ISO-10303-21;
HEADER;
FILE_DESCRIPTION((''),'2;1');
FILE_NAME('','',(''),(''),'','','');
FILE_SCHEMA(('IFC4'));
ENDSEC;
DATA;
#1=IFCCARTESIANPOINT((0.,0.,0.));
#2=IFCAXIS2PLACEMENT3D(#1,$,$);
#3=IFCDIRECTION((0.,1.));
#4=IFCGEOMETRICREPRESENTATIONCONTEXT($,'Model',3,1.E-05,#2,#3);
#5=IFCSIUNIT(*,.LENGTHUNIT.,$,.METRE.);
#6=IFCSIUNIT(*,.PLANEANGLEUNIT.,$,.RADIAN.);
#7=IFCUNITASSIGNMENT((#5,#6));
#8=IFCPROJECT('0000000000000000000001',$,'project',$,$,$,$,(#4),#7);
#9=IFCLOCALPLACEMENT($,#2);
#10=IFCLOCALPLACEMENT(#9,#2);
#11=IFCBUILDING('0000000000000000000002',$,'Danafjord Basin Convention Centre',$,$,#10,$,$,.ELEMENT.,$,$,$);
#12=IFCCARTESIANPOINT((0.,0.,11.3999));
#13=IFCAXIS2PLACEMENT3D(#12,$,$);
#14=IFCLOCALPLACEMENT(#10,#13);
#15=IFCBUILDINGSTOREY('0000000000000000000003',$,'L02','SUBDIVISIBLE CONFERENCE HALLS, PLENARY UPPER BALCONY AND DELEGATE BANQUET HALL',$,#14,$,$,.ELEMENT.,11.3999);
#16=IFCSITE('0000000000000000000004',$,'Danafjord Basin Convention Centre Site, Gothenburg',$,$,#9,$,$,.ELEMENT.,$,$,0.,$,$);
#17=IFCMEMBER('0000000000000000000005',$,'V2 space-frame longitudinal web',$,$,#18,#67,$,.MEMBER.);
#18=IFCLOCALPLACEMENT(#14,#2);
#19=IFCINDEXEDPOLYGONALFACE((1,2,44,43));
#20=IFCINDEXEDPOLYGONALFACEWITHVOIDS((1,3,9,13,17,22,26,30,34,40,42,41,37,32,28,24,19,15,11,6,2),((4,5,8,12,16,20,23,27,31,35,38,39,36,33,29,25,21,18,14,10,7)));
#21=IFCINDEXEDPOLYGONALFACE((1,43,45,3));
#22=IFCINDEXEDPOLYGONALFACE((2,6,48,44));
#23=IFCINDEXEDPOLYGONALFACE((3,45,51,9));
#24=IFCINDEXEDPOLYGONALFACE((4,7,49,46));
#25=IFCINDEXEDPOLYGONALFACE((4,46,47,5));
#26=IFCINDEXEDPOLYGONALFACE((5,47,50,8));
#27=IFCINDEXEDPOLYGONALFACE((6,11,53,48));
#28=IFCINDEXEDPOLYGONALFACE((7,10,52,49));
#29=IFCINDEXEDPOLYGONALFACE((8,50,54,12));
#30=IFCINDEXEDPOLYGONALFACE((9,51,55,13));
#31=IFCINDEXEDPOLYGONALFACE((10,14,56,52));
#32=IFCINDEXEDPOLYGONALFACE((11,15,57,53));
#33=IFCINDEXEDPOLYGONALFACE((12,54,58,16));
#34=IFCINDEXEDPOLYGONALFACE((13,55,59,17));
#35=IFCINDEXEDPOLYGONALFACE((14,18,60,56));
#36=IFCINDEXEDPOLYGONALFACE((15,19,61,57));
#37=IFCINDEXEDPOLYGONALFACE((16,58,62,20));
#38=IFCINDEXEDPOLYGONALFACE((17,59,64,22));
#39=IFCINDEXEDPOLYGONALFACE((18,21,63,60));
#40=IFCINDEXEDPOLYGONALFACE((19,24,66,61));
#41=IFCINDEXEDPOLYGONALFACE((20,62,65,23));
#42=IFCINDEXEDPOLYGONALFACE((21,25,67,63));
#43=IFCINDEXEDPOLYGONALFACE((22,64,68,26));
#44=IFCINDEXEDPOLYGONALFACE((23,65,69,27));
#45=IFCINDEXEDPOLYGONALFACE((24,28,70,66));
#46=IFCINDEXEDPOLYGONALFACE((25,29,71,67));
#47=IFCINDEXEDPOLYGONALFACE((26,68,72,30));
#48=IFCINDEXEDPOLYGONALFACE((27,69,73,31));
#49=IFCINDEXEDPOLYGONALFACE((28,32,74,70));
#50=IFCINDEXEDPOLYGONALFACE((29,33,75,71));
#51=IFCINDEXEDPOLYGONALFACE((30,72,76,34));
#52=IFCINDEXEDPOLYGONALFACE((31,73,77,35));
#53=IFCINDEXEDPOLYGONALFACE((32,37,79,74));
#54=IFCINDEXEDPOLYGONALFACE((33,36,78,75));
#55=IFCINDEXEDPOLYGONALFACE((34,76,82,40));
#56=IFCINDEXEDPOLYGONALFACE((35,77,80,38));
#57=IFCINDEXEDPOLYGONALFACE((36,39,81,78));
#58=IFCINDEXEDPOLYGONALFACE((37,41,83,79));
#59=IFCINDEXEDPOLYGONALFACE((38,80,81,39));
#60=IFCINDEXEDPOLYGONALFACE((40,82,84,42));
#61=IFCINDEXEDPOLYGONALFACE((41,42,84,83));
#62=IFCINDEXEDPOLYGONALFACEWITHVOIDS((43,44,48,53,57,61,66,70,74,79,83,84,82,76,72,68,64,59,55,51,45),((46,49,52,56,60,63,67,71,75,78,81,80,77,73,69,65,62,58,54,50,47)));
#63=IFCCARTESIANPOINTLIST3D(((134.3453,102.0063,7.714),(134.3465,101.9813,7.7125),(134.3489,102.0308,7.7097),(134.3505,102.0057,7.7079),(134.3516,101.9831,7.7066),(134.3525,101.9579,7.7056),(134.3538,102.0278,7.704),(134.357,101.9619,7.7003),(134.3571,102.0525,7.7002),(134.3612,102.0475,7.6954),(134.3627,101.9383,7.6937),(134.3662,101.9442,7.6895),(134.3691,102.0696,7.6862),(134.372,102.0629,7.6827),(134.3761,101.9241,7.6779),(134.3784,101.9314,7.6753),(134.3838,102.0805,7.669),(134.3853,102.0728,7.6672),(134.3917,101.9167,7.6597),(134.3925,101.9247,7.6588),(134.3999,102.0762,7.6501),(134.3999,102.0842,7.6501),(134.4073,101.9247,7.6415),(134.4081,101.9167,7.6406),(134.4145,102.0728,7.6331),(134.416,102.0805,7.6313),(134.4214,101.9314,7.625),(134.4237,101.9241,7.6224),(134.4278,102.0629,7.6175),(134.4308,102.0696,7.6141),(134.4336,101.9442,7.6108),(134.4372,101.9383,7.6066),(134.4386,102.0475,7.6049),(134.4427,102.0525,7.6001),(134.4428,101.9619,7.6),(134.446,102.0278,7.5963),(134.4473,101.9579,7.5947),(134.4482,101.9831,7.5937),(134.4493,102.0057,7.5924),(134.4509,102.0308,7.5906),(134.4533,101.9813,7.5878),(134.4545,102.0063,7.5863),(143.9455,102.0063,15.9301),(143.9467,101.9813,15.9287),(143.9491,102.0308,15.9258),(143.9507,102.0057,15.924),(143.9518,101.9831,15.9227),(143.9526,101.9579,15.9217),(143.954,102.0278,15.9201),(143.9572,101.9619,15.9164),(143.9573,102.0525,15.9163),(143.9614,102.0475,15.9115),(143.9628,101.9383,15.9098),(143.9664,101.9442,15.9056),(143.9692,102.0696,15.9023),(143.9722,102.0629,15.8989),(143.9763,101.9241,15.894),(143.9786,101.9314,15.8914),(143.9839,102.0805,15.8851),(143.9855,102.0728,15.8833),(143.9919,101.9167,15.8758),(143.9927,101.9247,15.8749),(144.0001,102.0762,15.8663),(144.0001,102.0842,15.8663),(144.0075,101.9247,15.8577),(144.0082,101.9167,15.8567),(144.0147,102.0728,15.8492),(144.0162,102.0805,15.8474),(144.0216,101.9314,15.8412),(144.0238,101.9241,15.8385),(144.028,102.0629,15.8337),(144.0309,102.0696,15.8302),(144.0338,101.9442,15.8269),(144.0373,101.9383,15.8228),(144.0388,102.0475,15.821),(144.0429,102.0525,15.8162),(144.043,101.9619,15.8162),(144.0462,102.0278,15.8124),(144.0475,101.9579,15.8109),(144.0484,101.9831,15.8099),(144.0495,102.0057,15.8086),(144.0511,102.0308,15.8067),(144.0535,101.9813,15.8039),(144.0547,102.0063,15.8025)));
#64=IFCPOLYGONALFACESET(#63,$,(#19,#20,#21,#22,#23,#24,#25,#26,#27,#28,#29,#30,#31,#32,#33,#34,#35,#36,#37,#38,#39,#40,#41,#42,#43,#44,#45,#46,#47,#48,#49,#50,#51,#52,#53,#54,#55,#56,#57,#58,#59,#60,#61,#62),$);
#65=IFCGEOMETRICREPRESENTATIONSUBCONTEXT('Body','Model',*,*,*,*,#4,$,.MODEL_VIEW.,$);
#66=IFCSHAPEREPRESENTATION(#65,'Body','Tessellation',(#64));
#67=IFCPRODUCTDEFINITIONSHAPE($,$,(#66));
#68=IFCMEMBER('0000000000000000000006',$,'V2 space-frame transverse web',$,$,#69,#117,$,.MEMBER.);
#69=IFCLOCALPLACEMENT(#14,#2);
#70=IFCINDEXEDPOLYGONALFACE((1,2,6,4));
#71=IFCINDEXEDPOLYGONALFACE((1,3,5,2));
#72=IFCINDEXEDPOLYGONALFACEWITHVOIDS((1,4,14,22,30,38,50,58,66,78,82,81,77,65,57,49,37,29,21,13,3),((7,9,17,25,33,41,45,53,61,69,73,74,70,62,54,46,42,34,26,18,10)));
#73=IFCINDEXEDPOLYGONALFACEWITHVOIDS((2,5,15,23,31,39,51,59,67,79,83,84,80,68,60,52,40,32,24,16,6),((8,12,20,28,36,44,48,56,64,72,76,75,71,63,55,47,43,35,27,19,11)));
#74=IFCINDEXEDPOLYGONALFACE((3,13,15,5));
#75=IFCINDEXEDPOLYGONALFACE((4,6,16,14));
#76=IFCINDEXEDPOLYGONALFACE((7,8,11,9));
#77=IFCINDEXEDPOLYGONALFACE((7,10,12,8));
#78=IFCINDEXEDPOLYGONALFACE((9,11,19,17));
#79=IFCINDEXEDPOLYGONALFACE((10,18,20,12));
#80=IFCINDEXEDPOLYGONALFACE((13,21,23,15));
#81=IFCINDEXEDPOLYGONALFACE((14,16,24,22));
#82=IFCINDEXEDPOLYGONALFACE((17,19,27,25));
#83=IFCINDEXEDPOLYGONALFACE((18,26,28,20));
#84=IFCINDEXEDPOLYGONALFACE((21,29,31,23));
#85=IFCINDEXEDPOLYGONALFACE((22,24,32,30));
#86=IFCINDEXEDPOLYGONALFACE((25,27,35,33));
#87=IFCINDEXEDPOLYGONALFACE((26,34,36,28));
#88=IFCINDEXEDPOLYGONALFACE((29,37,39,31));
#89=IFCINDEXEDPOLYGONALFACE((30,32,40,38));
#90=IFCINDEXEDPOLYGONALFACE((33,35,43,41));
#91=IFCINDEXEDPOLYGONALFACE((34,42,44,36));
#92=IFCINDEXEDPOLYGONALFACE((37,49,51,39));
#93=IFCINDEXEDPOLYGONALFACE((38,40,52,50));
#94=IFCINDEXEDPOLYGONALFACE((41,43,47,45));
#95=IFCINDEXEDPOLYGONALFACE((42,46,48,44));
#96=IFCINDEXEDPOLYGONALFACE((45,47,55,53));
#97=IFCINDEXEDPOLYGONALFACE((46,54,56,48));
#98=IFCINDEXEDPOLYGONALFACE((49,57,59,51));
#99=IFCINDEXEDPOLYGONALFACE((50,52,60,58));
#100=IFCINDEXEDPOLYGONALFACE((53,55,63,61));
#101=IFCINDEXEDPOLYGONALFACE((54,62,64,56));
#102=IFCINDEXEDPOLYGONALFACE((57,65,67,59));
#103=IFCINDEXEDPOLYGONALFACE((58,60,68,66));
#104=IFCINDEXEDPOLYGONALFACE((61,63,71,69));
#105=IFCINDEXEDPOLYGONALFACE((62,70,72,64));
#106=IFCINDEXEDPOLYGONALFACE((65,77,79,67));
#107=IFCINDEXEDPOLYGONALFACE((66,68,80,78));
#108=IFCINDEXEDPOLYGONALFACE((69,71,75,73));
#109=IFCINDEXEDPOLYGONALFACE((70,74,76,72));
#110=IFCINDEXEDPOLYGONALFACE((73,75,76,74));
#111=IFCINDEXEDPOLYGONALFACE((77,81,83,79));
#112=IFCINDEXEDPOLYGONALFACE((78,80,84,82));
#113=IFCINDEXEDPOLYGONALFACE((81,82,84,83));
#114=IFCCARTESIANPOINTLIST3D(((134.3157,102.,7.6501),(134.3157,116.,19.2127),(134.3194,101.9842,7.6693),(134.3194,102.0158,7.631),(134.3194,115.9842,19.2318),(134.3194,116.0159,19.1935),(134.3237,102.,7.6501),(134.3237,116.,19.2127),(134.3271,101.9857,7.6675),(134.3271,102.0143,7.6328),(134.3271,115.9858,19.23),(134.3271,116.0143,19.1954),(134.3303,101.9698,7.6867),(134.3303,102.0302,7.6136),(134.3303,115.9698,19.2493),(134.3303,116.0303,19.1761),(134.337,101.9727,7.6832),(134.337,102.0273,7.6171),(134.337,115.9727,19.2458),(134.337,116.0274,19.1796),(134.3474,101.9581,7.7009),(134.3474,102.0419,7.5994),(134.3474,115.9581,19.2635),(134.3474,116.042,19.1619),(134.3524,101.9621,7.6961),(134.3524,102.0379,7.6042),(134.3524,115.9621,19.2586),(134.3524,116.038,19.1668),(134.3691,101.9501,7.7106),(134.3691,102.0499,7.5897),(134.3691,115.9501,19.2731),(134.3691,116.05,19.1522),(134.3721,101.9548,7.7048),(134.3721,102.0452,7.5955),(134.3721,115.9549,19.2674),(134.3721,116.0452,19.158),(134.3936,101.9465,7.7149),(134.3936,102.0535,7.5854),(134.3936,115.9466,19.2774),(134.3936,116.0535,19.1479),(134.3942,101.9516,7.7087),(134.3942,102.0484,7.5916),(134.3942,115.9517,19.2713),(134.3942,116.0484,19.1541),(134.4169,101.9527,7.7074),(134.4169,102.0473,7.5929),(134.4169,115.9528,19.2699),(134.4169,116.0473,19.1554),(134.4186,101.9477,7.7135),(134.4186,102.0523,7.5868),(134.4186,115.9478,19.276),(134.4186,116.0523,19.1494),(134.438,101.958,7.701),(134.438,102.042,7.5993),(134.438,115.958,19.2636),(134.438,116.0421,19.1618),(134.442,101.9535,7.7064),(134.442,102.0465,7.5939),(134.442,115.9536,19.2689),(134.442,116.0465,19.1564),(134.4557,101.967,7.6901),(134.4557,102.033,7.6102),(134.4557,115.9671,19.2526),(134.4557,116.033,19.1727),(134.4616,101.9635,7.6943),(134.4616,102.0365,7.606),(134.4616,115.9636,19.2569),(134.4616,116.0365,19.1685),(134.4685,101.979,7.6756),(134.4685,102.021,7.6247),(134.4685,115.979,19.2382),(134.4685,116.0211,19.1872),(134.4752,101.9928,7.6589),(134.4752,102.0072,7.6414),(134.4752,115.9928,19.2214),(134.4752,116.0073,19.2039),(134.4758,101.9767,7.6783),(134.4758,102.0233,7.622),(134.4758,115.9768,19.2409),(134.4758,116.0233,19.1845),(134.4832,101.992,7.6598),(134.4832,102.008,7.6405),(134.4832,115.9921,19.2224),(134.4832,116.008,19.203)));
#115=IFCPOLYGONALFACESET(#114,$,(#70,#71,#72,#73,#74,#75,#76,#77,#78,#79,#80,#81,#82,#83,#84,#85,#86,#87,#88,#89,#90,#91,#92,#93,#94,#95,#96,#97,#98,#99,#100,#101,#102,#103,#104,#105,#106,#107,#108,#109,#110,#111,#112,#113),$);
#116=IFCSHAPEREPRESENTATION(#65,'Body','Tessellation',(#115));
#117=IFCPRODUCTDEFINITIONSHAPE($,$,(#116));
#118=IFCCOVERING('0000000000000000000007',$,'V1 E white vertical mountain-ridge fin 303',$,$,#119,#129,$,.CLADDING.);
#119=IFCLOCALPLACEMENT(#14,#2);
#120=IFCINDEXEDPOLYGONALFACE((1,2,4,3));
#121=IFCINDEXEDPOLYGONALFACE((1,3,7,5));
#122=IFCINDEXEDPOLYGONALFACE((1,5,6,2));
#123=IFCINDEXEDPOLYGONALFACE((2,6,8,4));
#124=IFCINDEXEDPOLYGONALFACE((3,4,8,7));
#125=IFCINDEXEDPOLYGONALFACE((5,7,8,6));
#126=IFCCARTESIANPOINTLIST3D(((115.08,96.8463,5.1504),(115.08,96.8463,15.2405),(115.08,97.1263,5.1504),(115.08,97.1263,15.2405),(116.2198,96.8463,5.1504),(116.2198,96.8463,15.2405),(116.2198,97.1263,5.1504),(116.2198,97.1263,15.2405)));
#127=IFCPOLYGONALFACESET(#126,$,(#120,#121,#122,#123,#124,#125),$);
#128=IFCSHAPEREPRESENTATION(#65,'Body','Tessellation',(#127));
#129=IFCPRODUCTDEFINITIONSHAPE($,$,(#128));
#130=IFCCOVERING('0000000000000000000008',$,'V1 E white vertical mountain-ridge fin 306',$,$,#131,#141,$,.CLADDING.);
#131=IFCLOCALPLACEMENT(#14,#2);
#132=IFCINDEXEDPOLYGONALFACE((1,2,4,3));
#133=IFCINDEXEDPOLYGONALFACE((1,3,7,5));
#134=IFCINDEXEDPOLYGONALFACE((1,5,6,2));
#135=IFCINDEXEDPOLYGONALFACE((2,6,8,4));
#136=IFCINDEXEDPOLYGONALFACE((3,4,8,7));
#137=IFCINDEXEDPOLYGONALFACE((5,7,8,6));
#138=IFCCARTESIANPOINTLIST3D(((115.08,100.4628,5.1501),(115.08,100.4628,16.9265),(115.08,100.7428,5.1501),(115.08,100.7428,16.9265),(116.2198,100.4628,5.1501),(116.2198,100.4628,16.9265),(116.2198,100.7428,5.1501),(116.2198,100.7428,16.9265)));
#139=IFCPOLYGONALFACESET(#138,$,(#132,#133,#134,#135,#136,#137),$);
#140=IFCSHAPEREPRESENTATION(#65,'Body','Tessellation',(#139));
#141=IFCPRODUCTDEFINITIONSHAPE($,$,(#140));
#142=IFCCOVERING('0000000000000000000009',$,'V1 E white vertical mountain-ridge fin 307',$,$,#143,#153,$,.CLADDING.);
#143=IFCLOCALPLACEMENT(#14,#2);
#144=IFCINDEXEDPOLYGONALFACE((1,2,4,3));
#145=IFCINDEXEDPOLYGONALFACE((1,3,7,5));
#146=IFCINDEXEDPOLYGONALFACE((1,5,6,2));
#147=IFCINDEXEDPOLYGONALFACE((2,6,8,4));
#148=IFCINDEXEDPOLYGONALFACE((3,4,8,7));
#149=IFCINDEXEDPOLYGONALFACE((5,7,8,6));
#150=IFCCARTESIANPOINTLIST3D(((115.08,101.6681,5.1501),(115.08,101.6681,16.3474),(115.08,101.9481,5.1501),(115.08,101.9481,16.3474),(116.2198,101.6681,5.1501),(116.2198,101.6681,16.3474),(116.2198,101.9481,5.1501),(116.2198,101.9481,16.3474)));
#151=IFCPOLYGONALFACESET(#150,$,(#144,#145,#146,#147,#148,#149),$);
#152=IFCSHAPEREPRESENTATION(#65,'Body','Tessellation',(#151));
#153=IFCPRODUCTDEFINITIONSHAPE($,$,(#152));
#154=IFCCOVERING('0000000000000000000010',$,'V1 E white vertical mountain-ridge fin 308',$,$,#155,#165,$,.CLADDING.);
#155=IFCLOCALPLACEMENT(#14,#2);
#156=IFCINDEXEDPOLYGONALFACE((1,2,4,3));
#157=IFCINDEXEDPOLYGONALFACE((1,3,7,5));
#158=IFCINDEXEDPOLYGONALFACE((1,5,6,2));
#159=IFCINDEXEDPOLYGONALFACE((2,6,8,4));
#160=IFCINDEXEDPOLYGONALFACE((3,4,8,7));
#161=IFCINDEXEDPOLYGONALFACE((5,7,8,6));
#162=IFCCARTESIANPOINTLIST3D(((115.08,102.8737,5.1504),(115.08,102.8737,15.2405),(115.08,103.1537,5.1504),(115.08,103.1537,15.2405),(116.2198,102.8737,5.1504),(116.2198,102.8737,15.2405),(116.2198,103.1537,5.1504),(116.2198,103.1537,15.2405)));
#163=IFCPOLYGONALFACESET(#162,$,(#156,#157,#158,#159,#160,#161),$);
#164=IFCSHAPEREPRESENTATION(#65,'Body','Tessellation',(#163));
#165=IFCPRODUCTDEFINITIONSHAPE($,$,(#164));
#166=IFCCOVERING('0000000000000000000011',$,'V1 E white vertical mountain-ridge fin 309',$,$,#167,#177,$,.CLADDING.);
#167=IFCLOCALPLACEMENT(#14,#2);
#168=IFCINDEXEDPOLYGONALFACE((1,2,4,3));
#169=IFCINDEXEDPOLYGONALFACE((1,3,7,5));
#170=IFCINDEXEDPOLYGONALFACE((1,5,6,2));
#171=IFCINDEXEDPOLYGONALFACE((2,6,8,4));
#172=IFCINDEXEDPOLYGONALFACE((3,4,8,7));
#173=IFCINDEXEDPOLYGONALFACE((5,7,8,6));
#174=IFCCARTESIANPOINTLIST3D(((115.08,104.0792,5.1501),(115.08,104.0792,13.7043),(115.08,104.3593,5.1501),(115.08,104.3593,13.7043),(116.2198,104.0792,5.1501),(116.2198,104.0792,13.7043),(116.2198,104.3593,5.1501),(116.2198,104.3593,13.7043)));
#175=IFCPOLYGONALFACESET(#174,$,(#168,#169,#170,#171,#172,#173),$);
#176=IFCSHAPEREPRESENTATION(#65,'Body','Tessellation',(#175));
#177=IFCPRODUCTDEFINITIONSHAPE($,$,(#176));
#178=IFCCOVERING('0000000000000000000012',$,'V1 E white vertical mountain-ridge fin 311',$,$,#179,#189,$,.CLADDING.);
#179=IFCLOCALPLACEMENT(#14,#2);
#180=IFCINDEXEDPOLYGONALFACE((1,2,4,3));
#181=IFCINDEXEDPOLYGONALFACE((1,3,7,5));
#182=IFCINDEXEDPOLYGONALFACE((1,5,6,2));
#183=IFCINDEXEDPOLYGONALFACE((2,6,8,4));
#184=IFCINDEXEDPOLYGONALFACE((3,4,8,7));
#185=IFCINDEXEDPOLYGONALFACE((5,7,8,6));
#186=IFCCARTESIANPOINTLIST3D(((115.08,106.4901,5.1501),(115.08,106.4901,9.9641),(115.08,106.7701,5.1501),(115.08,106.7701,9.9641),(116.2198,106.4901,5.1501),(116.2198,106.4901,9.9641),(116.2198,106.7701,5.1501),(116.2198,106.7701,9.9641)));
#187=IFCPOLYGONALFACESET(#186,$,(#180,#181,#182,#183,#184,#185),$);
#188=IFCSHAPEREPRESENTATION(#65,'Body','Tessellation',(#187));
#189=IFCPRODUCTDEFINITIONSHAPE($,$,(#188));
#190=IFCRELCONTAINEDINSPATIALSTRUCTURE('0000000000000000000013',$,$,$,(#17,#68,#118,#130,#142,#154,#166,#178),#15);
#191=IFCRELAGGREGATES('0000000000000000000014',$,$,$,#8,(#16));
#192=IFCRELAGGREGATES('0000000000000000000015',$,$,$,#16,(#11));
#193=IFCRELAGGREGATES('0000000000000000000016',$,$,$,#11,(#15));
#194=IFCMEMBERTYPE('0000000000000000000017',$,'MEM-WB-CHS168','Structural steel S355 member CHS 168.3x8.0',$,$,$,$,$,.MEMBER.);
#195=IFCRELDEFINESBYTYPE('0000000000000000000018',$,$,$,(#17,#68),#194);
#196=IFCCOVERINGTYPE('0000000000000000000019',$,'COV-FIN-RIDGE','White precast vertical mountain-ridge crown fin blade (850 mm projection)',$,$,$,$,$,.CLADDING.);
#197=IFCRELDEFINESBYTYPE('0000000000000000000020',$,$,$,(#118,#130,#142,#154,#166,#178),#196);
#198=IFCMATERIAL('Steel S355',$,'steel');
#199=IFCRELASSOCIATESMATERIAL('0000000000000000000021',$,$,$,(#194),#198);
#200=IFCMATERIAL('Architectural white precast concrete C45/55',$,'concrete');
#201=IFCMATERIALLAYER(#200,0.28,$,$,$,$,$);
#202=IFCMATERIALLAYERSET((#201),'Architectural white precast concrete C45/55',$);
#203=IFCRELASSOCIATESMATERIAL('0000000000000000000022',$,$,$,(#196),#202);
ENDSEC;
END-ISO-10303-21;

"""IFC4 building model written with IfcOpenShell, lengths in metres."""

from ifc_helpers import new_model, si_unit, direction, frame, origin, origin_2d, place, context, subcontext, project, spatial, rectangle, hollow_circle, extrude, material, layer, layer_set, material_profile, profile_set, type_object, element, save


model = new_model("IFC4")

# Units and contexts
model_context = context("Model", 3, precision=1e-05, world=origin(), true_north=direction((0.0, 1.0)))
body_context = subcontext(model_context, "Body", "Model", "MODEL_VIEW")
ifc_project = project(units=[si_unit("LENGTHUNIT", "METRE"), si_unit("PLANEANGLEUNIT", "RADIAN")], contexts=[model_context])

# Site, building, storey
site_placement = place(None, origin())
site = spatial("IfcSite", under=ifc_project, at=site_placement, Name="Danafjord Basin Convention Centre Site, Gothenburg", CompositionType="ELEMENT", RefElevation=0.0)
building_placement = place(site_placement, origin())
building = spatial("IfcBuilding", under=site, at=building_placement, Name="Danafjord Basin Convention Centre", CompositionType="ELEMENT")
storey_placement = place(building_placement, frame((0.0, 0.0, 11.3999)))
storey = spatial("IfcBuildingStorey", under=building, at=storey_placement, Name="L02", Description="SUBDIVISIBLE CONFERENCE HALLS, PLENARY UPPER BALCONY AND DELEGATE BANQUET HALL", CompositionType="ELEMENT", Elevation=11.3999)

# Shared definitions
ifc_material_1 = material(Name="Steel S355", Category="steel")

# Members
ifc_material_profile_1 = material_profile(ifc_material_1, hollow_circle(Radius=0.0842, WallThickness=0.0081, at=origin_2d()), Name="CHS 168.3x8.0")
ifc_profile_set_1 = profile_set([ifc_material_profile_1], Name="Steel S355")
member_type_1 = type_object("IfcMemberType", Name="MEM-WB-CHS168", Description="Structural steel S355 member CHS 168.3x8.0", PredefinedType="MEMBER", material=ifc_profile_set_1)
member_1_placement = place(storey_placement, frame((134.3999, 102.0, 7.6501), z_axis=(0.759749, 0.0, 0.650217), x_axis=(0.0, 1.0, 0.0)))
element("IfcMember", 1, at=member_1_placement, inside=storey, type_object=member_type_1, Name="V2 space-frame longitudinal web", PredefinedType="MEMBER", context=body_context, shape_type="SweptSolid", body=[
    extrude(hollow_circle(Radius=0.0842, WallThickness=0.0081, at=origin_2d()), origin(), (0.0, 0.0, 1.0), 12.636),
])
member_2_placement = place(storey_placement, frame((134.3999, 102.0, 7.6501), z_axis=(0.0, 0.771035, 0.636792), x_axis=(-1.0, 0.0, 0.0)))
element("IfcMember", 2, at=member_2_placement, inside=storey, type_object=member_type_1, Name="V2 space-frame transverse web", PredefinedType="MEMBER", context=body_context, shape_type="SweptSolid", body=[
    extrude(hollow_circle(Radius=0.0842, WallThickness=0.0081, at=origin_2d()), origin(), (0.0, 0.0, 1.0), 18.1575),
])

# Coverings
ifc_material_2 = material(Name="Architectural white precast concrete C45/55", Category="concrete")
ifc_layer = layer(ifc_material_2, 0.28)
ifc_layer_set = layer_set([ifc_layer], Name="Architectural white precast concrete C45/55")
covering_type = type_object("IfcCoveringType", Name="COV-FIN-RIDGE", Description="White precast vertical mountain-ridge crown fin blade (850 mm projection)", PredefinedType="CLADDING", material=ifc_layer_set)
covering_1_placement = place(storey_placement, frame((115.6499, 96.9863, 5.1504), z_axis=(0.0, 0.0, 1.0), x_axis=(1.0, 0.0, 0.0)))
element("IfcCovering", 3, at=covering_1_placement, inside=storey, type_object=covering_type, Name="V1 E white vertical mountain-ridge fin 303", PredefinedType="CLADDING", context=body_context, shape_type="SweptSolid", body=[
    extrude(rectangle(XDim=1.1399, YDim=0.28, at=origin_2d()), origin(), (0.0, 0.0, 1.0), 10.0901),
])
covering_2_placement = place(storey_placement, frame((115.6499, 100.6028, 5.1501), z_axis=(0.0, 0.0, 1.0), x_axis=(1.0, 0.0, 0.0)))
element("IfcCovering", 4, at=covering_2_placement, inside=storey, type_object=covering_type, Name="V1 E white vertical mountain-ridge fin 306", PredefinedType="CLADDING", context=body_context, shape_type="SweptSolid", body=[
    extrude(rectangle(XDim=1.1399, YDim=0.28, at=origin_2d()), origin(), (0.0, 0.0, 1.0), 11.7764),
])
covering_3_placement = place(storey_placement, frame((115.6499, 101.8081, 5.1501), z_axis=(0.0, 0.0, 1.0), x_axis=(1.0, 0.0, 0.0)))
element("IfcCovering", 5, at=covering_3_placement, inside=storey, type_object=covering_type, Name="V1 E white vertical mountain-ridge fin 307", PredefinedType="CLADDING", context=body_context, shape_type="SweptSolid", body=[
    extrude(rectangle(XDim=1.1399, YDim=0.28, at=origin_2d()), origin(), (0.0, 0.0, 1.0), 11.1973),
])
covering_4_placement = place(storey_placement, frame((115.6499, 103.0137, 5.1504), z_axis=(0.0, 0.0, 1.0), x_axis=(1.0, 0.0, 0.0)))
element("IfcCovering", 6, at=covering_4_placement, inside=storey, type_object=covering_type, Name="V1 E white vertical mountain-ridge fin 308", PredefinedType="CLADDING", context=body_context, shape_type="SweptSolid", body=[
    extrude(rectangle(XDim=1.1399, YDim=0.28, at=origin_2d()), origin(), (0.0, 0.0, 1.0), 10.0901),
])
covering_5_placement = place(storey_placement, frame((115.6499, 104.2192, 5.1501), z_axis=(0.0, 0.0, 1.0), x_axis=(1.0, 0.0, 0.0)))
element("IfcCovering", 7, at=covering_5_placement, inside=storey, type_object=covering_type, Name="V1 E white vertical mountain-ridge fin 309", PredefinedType="CLADDING", context=body_context, shape_type="SweptSolid", body=[
    extrude(rectangle(XDim=1.1399, YDim=0.28, at=origin_2d()), origin(), (0.0, 0.0, 1.0), 8.5542),
])
covering_6_placement = place(storey_placement, frame((115.6499, 106.6301, 5.1501), z_axis=(0.0, 0.0, 1.0), x_axis=(1.0, 0.0, 0.0)))
element("IfcCovering", 8, at=covering_6_placement, inside=storey, type_object=covering_type, Name="V1 E white vertical mountain-ridge fin 311", PredefinedType="CLADDING", context=body_context, shape_type="SweptSolid", body=[
    extrude(rectangle(XDim=1.1399, YDim=0.28, at=origin_2d()), origin(), (0.0, 0.0, 1.0), 4.814),
])

save(model, "model.ifc")
